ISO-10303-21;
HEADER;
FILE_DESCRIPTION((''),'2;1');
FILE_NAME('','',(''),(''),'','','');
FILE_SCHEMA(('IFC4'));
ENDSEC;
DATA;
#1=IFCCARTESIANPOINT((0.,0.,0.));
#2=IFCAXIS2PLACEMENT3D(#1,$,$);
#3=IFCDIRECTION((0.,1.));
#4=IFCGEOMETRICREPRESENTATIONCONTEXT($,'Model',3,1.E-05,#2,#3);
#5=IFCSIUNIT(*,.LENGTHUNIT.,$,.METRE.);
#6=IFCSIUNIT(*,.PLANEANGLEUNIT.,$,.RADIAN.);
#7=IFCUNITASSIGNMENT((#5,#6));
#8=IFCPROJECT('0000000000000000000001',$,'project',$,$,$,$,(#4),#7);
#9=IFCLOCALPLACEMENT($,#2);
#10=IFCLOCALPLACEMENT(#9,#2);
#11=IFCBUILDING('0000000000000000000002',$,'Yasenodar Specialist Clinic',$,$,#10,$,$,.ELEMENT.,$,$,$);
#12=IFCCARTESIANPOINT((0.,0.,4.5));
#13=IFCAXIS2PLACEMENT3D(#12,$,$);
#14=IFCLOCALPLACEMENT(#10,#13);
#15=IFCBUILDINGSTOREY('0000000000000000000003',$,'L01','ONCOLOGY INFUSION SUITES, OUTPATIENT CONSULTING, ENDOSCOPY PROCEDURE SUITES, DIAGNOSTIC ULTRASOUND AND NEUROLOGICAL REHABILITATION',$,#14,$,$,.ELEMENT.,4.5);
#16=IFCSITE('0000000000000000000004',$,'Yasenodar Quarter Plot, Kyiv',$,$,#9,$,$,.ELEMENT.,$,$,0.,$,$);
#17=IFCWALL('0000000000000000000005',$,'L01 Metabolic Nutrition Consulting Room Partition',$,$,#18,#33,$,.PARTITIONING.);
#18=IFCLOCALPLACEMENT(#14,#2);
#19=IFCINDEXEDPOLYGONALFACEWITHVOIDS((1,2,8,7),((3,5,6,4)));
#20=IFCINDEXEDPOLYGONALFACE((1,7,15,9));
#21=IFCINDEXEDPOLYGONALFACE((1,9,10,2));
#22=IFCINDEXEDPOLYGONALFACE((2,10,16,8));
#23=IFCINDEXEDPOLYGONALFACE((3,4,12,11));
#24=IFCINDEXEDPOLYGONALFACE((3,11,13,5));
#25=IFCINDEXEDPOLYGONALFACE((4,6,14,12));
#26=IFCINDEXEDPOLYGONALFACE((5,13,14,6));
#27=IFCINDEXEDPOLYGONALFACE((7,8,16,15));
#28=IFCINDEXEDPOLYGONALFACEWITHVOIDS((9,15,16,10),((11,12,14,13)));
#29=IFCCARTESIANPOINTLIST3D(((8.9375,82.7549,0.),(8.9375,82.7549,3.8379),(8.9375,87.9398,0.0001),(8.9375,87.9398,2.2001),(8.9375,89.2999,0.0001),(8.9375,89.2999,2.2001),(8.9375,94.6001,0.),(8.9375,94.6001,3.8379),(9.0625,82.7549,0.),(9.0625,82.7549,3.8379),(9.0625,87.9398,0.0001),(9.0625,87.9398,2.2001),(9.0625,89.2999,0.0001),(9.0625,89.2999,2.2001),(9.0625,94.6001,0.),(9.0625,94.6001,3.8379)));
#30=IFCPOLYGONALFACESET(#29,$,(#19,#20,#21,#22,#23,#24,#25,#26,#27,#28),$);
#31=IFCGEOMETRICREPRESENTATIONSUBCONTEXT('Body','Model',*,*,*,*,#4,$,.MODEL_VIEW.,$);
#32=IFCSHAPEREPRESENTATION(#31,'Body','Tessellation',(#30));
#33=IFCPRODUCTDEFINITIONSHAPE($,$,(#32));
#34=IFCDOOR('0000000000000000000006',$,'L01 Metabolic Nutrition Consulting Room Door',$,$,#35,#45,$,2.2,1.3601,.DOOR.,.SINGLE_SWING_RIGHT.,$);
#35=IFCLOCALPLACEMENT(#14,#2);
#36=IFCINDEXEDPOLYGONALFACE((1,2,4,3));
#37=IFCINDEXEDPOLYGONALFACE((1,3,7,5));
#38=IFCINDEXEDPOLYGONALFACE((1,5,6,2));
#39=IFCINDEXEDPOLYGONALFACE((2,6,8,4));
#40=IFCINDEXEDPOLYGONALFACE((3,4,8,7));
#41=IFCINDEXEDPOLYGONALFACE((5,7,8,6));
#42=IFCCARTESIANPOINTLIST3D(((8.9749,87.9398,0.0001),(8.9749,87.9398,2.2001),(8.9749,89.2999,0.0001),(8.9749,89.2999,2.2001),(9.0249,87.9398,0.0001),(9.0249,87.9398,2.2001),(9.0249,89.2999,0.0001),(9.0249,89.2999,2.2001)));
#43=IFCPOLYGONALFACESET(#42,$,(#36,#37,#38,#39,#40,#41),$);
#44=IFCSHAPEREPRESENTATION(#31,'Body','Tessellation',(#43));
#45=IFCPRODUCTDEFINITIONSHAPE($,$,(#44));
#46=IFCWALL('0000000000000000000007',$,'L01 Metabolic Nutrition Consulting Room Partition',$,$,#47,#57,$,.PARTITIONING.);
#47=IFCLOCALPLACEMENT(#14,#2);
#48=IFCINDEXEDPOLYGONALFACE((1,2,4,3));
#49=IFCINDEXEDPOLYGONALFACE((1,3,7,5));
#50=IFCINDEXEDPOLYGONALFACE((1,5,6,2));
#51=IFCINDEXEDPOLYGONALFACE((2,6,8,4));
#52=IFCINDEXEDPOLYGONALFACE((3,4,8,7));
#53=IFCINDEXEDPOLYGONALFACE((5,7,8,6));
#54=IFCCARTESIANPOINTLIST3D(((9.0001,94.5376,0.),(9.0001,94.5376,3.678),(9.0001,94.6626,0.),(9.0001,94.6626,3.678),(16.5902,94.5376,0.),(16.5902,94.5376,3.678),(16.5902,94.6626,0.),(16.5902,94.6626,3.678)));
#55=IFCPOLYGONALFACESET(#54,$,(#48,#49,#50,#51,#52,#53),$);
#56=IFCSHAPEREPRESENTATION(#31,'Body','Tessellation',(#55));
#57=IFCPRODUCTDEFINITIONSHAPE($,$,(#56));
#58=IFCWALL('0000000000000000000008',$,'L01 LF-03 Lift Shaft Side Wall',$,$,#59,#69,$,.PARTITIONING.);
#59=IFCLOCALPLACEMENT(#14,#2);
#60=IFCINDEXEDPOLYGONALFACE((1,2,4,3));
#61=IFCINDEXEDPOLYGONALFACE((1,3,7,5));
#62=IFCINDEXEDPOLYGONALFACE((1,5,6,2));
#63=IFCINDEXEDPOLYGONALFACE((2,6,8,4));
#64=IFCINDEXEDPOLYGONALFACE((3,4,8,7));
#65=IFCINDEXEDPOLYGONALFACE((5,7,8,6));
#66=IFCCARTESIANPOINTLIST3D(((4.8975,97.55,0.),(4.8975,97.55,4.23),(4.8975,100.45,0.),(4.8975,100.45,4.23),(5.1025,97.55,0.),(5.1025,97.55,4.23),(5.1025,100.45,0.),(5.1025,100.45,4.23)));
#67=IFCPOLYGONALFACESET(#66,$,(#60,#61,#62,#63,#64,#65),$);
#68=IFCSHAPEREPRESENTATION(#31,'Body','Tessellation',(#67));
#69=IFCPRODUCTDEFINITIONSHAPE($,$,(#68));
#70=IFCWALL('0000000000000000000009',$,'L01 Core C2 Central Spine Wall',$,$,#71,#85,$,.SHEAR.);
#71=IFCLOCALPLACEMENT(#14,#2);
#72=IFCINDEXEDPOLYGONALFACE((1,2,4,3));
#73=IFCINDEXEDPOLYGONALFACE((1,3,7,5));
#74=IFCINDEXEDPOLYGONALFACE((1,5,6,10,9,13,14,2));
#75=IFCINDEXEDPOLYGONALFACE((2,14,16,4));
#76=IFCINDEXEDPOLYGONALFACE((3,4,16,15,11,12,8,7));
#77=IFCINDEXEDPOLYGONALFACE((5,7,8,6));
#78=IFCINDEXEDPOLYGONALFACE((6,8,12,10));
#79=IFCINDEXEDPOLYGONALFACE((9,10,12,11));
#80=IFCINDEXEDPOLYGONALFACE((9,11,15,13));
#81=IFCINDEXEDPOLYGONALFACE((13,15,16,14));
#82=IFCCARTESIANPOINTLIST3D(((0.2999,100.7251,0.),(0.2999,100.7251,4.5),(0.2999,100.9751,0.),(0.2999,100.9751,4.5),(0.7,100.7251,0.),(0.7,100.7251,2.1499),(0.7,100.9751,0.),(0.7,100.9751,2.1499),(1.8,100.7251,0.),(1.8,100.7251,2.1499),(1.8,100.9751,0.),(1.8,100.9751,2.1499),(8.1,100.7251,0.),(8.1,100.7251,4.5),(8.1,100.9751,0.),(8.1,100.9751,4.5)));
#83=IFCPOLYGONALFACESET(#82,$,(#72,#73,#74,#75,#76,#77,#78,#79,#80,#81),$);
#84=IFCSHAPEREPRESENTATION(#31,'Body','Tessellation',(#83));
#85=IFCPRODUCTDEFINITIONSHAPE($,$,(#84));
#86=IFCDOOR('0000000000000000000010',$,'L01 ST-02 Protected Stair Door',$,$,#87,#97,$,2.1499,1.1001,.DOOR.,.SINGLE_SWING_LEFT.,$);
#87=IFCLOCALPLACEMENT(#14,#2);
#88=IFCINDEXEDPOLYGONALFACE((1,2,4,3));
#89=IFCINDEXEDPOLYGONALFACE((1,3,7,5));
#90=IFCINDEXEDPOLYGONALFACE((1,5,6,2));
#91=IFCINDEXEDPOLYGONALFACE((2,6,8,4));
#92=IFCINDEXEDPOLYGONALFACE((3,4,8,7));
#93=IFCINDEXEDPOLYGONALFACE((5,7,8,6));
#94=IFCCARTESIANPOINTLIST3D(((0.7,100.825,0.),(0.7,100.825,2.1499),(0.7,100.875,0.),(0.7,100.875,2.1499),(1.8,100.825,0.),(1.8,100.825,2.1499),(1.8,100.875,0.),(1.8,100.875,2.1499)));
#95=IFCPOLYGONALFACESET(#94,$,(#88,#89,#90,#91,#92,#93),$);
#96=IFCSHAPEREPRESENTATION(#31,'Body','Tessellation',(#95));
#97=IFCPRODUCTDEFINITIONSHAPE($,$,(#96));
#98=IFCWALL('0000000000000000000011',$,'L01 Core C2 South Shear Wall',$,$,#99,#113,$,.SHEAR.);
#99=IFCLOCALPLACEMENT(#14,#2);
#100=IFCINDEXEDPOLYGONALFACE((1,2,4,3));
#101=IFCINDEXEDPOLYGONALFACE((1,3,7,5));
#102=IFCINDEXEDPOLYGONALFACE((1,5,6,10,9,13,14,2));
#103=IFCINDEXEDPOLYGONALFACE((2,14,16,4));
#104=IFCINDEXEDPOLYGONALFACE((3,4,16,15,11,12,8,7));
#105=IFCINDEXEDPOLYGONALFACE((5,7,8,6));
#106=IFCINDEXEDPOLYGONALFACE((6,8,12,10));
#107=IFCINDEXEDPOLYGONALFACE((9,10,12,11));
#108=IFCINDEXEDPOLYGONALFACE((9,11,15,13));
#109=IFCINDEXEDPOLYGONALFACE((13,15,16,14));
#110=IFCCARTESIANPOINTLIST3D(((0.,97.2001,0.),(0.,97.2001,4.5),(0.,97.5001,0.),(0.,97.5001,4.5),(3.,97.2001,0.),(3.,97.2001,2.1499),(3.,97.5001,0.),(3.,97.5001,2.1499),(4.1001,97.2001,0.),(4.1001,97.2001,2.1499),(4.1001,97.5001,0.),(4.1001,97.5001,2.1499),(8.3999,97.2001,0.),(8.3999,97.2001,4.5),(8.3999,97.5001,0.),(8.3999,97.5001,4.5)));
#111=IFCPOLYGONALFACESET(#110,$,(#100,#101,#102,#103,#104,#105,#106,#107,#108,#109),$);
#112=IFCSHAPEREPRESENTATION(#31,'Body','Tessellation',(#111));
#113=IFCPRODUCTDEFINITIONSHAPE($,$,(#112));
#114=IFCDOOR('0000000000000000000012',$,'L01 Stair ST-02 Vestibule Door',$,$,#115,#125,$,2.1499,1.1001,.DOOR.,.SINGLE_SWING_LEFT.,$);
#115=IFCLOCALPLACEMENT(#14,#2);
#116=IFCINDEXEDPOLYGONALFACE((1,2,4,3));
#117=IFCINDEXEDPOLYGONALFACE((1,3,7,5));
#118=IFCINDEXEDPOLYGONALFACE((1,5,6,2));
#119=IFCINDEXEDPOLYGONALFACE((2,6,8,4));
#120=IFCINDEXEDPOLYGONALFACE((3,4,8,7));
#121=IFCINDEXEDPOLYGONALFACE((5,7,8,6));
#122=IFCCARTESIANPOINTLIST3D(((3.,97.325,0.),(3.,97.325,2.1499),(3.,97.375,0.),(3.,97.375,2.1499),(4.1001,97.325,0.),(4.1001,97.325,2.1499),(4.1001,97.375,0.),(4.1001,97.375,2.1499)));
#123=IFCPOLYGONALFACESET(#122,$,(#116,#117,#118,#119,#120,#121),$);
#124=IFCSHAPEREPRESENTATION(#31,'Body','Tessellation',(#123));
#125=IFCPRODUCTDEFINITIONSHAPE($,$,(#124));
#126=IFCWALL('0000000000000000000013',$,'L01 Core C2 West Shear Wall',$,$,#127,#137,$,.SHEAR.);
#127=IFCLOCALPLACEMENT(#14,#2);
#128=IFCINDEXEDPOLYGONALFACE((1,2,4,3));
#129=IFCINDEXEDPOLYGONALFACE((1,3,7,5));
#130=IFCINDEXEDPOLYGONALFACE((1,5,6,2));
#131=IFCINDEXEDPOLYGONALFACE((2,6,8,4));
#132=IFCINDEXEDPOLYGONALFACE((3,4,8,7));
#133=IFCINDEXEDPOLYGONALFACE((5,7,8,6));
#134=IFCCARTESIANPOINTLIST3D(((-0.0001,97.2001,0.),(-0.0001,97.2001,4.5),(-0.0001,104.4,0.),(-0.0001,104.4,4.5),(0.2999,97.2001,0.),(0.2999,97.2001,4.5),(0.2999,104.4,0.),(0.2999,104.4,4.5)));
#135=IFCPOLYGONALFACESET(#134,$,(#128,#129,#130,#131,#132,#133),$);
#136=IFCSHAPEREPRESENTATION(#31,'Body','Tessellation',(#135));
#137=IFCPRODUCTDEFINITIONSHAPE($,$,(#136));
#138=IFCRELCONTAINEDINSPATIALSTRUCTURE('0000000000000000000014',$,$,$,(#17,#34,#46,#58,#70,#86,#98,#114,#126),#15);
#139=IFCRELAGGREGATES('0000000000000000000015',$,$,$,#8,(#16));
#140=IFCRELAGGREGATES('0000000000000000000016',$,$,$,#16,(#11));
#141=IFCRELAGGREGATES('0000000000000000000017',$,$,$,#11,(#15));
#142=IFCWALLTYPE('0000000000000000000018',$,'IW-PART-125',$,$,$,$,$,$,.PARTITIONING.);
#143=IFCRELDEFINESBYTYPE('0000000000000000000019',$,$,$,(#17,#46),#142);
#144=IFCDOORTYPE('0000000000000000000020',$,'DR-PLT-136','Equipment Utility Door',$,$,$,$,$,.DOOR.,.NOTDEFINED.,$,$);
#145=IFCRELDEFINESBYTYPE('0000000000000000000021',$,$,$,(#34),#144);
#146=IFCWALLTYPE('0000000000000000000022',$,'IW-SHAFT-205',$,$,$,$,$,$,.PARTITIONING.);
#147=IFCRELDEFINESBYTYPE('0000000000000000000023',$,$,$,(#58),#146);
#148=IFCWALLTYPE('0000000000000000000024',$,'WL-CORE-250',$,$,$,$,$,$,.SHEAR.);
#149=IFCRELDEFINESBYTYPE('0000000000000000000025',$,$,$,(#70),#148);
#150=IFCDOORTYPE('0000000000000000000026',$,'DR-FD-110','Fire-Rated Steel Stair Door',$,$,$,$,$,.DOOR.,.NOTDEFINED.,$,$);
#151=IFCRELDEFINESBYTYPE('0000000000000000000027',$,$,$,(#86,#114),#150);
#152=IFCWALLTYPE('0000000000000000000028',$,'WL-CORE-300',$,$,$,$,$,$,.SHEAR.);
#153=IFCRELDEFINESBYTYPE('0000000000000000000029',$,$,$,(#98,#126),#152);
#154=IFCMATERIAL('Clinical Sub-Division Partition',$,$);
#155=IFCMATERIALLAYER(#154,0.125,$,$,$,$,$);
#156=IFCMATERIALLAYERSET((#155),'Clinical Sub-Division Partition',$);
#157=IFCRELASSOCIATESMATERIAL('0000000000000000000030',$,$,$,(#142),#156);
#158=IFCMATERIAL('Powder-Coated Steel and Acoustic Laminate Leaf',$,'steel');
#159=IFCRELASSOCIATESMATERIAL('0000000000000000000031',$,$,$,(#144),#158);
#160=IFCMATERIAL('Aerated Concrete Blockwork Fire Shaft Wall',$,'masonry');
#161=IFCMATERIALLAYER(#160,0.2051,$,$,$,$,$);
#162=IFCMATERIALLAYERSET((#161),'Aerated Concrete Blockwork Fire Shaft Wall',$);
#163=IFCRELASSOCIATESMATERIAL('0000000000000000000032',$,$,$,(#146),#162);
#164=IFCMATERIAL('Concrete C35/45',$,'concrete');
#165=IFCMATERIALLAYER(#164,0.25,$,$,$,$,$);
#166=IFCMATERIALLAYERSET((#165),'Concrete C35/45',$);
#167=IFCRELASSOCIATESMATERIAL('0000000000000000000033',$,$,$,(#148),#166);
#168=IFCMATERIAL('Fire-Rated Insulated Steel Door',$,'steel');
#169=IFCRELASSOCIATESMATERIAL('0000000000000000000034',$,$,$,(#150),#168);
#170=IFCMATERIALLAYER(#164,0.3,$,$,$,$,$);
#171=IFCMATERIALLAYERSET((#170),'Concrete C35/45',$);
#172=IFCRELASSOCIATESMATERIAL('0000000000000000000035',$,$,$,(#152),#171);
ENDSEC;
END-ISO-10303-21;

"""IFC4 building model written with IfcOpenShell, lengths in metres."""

from ifc_helpers import new_model, si_unit, direction, frame, frame_2d, origin, place, context, subcontext, project, spatial, rectangle, extrude, material, layer, layer_set, type_object, element, fill, save


model = new_model("IFC4")

# Units and contexts
model_context = context("Model", 3, precision=1e-05, world=origin(), true_north=direction((0.0, 1.0)))
body_context = subcontext(model_context, "Body", "Model", "MODEL_VIEW")
ifc_project = project(units=[si_unit("LENGTHUNIT", "METRE"), si_unit("PLANEANGLEUNIT", "RADIAN")], contexts=[model_context])

# Site, building, storey
site_placement = place(None, origin())
site = spatial("IfcSite", under=ifc_project, at=site_placement, Name="Yasenodar Quarter Plot, Kyiv", CompositionType="ELEMENT", RefElevation=0.0)
building_placement = place(site_placement, origin())
building = spatial("IfcBuilding", under=site, at=building_placement, Name="Yasenodar Specialist Clinic", CompositionType="ELEMENT")
storey_placement = place(building_placement, frame((0.0, 0.0, 4.5)))
storey = spatial("IfcBuildingStorey", under=building, at=storey_placement, Name="L01", Description="ONCOLOGY INFUSION SUITES, OUTPATIENT CONSULTING, ENDOSCOPY PROCEDURE SUITES, DIAGNOSTIC ULTRASOUND AND NEUROLOGICAL REHABILITATION", CompositionType="ELEMENT", Elevation=4.5)

# Wall, opening, door
ifc_material_1 = material(Name="Clinical Sub-Division Partition")
ifc_layer_1 = layer(ifc_material_1, 0.125)
ifc_layer_set_1 = layer_set([ifc_layer_1], Name="Clinical Sub-Division Partition")
wall_type_1 = type_object("IfcWallType", Name="IW-PART-125", PredefinedType="PARTITIONING", material=ifc_layer_set_1)
wall_1_placement = place(storey_placement, frame((9.0, 94.6001, 0.0), z_axis=(0.0, 0.0, 1.0), x_axis=(0.0, -1.0, 0.0)))
wall_1 = element("IfcWall", 1, at=wall_1_placement, inside=storey, type_object=wall_type_1, Name="L01 Metabolic Nutrition Consulting Room Partition", PredefinedType="PARTITIONING", context=body_context, shape_type="SweptSolid", body=[
    extrude(rectangle(XDim=11.8452, YDim=0.125, at=frame_2d((5.9226, 0.0))), origin(), (0.0, 0.0, 1.0), 3.8379),
])
opening_1_placement = place(wall_1_placement, frame((5.3, 0.0, 0.0)))
opening_1 = element("IfcOpeningElement", 2, at=opening_1_placement, cuts=wall_1, PredefinedType="OPENING", context=body_context, shape_type="SweptSolid", body=[
    extrude(rectangle(XDim=1.3601, YDim=2.2, at=frame_2d((0.6802, 1.1001))), frame((0.0, 0.0725, 0.0), z_axis=(0.0, -1.0, 0.0), x_axis=(1.0, 0.0, 0.0)), (0.0, 0.0, 1.0), 0.145),
])
ifc_material_2 = material(Name="Powder-Coated Steel and Acoustic Laminate Leaf", Category="steel")
door_type_1 = type_object("IfcDoorType", Name="DR-PLT-136", Description="Equipment Utility Door", OperationType="NOTDEFINED", PredefinedType="DOOR", material=ifc_material_2)
door_1_placement = place(opening_1_placement, origin())
door_1 = element("IfcDoor", 3, at=door_1_placement, inside=storey, type_object=door_type_1, Name="L01 Metabolic Nutrition Consulting Room Door", OperationType="SINGLE_SWING_RIGHT", OverallHeight=2.2, OverallWidth=1.3601, PredefinedType="DOOR", context=body_context, shape_type="SweptSolid", body=[
    extrude(rectangle(XDim=1.3601, YDim=2.2, at=frame_2d((0.6802, 1.1001))), frame((0.0, 0.0249, 0.0), z_axis=(0.0, -1.0, 0.0), x_axis=(1.0, 0.0, 0.0)), (0.0, 0.0, 1.0), 0.05),
])
fill(opening_1, door_1)

# Walls
wall_2_placement = place(storey_placement, frame((16.5901, 94.6001, 0.0), z_axis=(0.0, 0.0, 1.0), x_axis=(-1.0, 0.0, 0.0)))
element("IfcWall", 4, at=wall_2_placement, inside=storey, type_object=wall_type_1, Name="L01 Metabolic Nutrition Consulting Room Partition", PredefinedType="PARTITIONING", context=body_context, shape_type="SweptSolid", body=[
    extrude(rectangle(XDim=7.5901, YDim=0.125, at=frame_2d((3.7949, 0.0))), origin(), (0.0, 0.0, 1.0), 3.678),
])
ifc_material_3 = material(Name="Aerated Concrete Blockwork Fire Shaft Wall", Category="masonry")
ifc_layer_2 = layer(ifc_material_3, 0.2051)
ifc_layer_set_2 = layer_set([ifc_layer_2], Name="Aerated Concrete Blockwork Fire Shaft Wall")
wall_type_2 = type_object("IfcWallType", Name="IW-SHAFT-205", PredefinedType="PARTITIONING", material=ifc_layer_set_2)
wall_3_placement = place(storey_placement, frame((5.0, 97.55, 0.0), z_axis=(0.0, 0.0, 1.0), x_axis=(0.0, 1.0, 0.0)))
element("IfcWall", 5, at=wall_3_placement, inside=storey, type_object=wall_type_2, Name="L01 LF-03 Lift Shaft Side Wall", PredefinedType="PARTITIONING", context=body_context, shape_type="SweptSolid", body=[
    extrude(rectangle(XDim=2.8999, YDim=0.2051, at=frame_2d((1.45, 0.0))), origin(), (0.0, 0.0, 1.0), 4.23),
])

# Walls, openings, doors
ifc_material_4 = material(Name="Concrete C35/45", Category="concrete")
ifc_layer_3 = layer(ifc_material_4, 0.25)
ifc_layer_set_3 = layer_set([ifc_layer_3], Name="Concrete C35/45")
wall_type_3 = type_object("IfcWallType", Name="WL-CORE-250", PredefinedType="SHEAR", material=ifc_layer_set_3)
wall_4_placement = place(storey_placement, frame((0.3, 100.8501, 0.0), z_axis=(0.0, 0.0, 1.0), x_axis=(1.0, 0.0, 0.0)))
wall_4 = element("IfcWall", 6, at=wall_4_placement, inside=storey, type_object=wall_type_3, Name="L01 Core C2 Central Spine Wall", PredefinedType="SHEAR", context=body_context, shape_type="SweptSolid", body=[
    extrude(rectangle(XDim=7.8, YDim=0.25, at=frame_2d((3.8999, 0.0))), origin(), (0.0, 0.0, 1.0), 4.5),
])
opening_2_placement = place(wall_4_placement, frame((0.3999, 0.0, 0.0)))
opening_2 = element("IfcOpeningElement", 7, at=opening_2_placement, cuts=wall_4, PredefinedType="OPENING", context=body_context, shape_type="SweptSolid", body=[
    extrude(rectangle(XDim=1.1001, YDim=2.1499, at=frame_2d((0.55, 1.075))), frame((0.0, 0.135, 0.0), z_axis=(0.0, -1.0, 0.0), x_axis=(1.0, 0.0, 0.0)), (0.0, 0.0, 1.0), 0.27),
])
ifc_material_5 = material(Name="Fire-Rated Insulated Steel Door", Category="steel")
door_type_2 = type_object("IfcDoorType", Name="DR-FD-110", Description="Fire-Rated Steel Stair Door", OperationType="NOTDEFINED", PredefinedType="DOOR", material=ifc_material_5)
door_2_placement = place(opening_2_placement, origin())
door_2 = element("IfcDoor", 8, at=door_2_placement, inside=storey, type_object=door_type_2, Name="L01 ST-02 Protected Stair Door", OperationType="SINGLE_SWING_LEFT", OverallHeight=2.1499, OverallWidth=1.1001, PredefinedType="DOOR", context=body_context, shape_type="SweptSolid", body=[
    extrude(rectangle(XDim=1.1001, YDim=2.1499, at=frame_2d((0.55, 1.075))), frame((0.0, 0.0249, 0.0), z_axis=(0.0, -1.0, 0.0), x_axis=(1.0, 0.0, 0.0)), (0.0, 0.0, 1.0), 0.05),
])
fill(opening_2, door_2)
ifc_layer_4 = layer(ifc_material_4, 0.3)
ifc_layer_set_4 = layer_set([ifc_layer_4], Name="Concrete C35/45")
wall_type_4 = type_object("IfcWallType", Name="WL-CORE-300", PredefinedType="SHEAR", material=ifc_layer_set_4)
wall_5_placement = place(storey_placement, frame((0.0, 97.3501, 0.0), z_axis=(0.0, 0.0, 1.0), x_axis=(1.0, 0.0, 0.0)))
wall_5 = element("IfcWall", 9, at=wall_5_placement, inside=storey, type_object=wall_type_4, Name="L01 Core C2 South Shear Wall", PredefinedType="SHEAR", context=body_context, shape_type="SweptSolid", body=[
    extrude(rectangle(XDim=8.3999, YDim=0.3, at=frame_2d((4.2, 0.0))), origin(), (0.0, 0.0, 1.0), 4.5),
])
opening_3_placement = place(wall_5_placement, frame((3.0, 0.0, 0.0)))
opening_3 = element("IfcOpeningElement", 10, at=opening_3_placement, cuts=wall_5, PredefinedType="OPENING", context=body_context, shape_type="SweptSolid", body=[
    extrude(rectangle(XDim=1.1001, YDim=2.1499, at=frame_2d((0.55, 1.075))), frame((0.0, 0.1602, 0.0), z_axis=(0.0, -1.0, 0.0), x_axis=(1.0, 0.0, 0.0)), (0.0, 0.0, 1.0), 0.3201),
])
door_3_placement = place(opening_3_placement, origin())
door_3 = element("IfcDoor", 11, at=door_3_placement, inside=storey, type_object=door_type_2, Name="L01 Stair ST-02 Vestibule Door", OperationType="SINGLE_SWING_LEFT", OverallHeight=2.1499, OverallWidth=1.1001, PredefinedType="DOOR", context=body_context, shape_type="SweptSolid", body=[
    extrude(rectangle(XDim=1.1001, YDim=2.1499, at=frame_2d((0.55, 1.075))), frame((0.0, 0.0249, 0.0), z_axis=(0.0, -1.0, 0.0), x_axis=(1.0, 0.0, 0.0)), (0.0, 0.0, 1.0), 0.05),
])
fill(opening_3, door_3)

# Wall
wall_6_placement = place(storey_placement, frame((0.1499, 97.2, 0.0), z_axis=(0.0, 0.0, 1.0), x_axis=(0.0, 1.0, 0.0)))
element("IfcWall", 12, at=wall_6_placement, inside=storey, type_object=wall_type_4, Name="L01 Core C2 West Shear Wall", PredefinedType="SHEAR", context=body_context, shape_type="SweptSolid", body=[
    extrude(rectangle(XDim=7.2, YDim=0.3, at=frame_2d((3.6001, 0.0))), origin(), (0.0, 0.0, 1.0), 4.5),
])

save(model, "model.ifc")
